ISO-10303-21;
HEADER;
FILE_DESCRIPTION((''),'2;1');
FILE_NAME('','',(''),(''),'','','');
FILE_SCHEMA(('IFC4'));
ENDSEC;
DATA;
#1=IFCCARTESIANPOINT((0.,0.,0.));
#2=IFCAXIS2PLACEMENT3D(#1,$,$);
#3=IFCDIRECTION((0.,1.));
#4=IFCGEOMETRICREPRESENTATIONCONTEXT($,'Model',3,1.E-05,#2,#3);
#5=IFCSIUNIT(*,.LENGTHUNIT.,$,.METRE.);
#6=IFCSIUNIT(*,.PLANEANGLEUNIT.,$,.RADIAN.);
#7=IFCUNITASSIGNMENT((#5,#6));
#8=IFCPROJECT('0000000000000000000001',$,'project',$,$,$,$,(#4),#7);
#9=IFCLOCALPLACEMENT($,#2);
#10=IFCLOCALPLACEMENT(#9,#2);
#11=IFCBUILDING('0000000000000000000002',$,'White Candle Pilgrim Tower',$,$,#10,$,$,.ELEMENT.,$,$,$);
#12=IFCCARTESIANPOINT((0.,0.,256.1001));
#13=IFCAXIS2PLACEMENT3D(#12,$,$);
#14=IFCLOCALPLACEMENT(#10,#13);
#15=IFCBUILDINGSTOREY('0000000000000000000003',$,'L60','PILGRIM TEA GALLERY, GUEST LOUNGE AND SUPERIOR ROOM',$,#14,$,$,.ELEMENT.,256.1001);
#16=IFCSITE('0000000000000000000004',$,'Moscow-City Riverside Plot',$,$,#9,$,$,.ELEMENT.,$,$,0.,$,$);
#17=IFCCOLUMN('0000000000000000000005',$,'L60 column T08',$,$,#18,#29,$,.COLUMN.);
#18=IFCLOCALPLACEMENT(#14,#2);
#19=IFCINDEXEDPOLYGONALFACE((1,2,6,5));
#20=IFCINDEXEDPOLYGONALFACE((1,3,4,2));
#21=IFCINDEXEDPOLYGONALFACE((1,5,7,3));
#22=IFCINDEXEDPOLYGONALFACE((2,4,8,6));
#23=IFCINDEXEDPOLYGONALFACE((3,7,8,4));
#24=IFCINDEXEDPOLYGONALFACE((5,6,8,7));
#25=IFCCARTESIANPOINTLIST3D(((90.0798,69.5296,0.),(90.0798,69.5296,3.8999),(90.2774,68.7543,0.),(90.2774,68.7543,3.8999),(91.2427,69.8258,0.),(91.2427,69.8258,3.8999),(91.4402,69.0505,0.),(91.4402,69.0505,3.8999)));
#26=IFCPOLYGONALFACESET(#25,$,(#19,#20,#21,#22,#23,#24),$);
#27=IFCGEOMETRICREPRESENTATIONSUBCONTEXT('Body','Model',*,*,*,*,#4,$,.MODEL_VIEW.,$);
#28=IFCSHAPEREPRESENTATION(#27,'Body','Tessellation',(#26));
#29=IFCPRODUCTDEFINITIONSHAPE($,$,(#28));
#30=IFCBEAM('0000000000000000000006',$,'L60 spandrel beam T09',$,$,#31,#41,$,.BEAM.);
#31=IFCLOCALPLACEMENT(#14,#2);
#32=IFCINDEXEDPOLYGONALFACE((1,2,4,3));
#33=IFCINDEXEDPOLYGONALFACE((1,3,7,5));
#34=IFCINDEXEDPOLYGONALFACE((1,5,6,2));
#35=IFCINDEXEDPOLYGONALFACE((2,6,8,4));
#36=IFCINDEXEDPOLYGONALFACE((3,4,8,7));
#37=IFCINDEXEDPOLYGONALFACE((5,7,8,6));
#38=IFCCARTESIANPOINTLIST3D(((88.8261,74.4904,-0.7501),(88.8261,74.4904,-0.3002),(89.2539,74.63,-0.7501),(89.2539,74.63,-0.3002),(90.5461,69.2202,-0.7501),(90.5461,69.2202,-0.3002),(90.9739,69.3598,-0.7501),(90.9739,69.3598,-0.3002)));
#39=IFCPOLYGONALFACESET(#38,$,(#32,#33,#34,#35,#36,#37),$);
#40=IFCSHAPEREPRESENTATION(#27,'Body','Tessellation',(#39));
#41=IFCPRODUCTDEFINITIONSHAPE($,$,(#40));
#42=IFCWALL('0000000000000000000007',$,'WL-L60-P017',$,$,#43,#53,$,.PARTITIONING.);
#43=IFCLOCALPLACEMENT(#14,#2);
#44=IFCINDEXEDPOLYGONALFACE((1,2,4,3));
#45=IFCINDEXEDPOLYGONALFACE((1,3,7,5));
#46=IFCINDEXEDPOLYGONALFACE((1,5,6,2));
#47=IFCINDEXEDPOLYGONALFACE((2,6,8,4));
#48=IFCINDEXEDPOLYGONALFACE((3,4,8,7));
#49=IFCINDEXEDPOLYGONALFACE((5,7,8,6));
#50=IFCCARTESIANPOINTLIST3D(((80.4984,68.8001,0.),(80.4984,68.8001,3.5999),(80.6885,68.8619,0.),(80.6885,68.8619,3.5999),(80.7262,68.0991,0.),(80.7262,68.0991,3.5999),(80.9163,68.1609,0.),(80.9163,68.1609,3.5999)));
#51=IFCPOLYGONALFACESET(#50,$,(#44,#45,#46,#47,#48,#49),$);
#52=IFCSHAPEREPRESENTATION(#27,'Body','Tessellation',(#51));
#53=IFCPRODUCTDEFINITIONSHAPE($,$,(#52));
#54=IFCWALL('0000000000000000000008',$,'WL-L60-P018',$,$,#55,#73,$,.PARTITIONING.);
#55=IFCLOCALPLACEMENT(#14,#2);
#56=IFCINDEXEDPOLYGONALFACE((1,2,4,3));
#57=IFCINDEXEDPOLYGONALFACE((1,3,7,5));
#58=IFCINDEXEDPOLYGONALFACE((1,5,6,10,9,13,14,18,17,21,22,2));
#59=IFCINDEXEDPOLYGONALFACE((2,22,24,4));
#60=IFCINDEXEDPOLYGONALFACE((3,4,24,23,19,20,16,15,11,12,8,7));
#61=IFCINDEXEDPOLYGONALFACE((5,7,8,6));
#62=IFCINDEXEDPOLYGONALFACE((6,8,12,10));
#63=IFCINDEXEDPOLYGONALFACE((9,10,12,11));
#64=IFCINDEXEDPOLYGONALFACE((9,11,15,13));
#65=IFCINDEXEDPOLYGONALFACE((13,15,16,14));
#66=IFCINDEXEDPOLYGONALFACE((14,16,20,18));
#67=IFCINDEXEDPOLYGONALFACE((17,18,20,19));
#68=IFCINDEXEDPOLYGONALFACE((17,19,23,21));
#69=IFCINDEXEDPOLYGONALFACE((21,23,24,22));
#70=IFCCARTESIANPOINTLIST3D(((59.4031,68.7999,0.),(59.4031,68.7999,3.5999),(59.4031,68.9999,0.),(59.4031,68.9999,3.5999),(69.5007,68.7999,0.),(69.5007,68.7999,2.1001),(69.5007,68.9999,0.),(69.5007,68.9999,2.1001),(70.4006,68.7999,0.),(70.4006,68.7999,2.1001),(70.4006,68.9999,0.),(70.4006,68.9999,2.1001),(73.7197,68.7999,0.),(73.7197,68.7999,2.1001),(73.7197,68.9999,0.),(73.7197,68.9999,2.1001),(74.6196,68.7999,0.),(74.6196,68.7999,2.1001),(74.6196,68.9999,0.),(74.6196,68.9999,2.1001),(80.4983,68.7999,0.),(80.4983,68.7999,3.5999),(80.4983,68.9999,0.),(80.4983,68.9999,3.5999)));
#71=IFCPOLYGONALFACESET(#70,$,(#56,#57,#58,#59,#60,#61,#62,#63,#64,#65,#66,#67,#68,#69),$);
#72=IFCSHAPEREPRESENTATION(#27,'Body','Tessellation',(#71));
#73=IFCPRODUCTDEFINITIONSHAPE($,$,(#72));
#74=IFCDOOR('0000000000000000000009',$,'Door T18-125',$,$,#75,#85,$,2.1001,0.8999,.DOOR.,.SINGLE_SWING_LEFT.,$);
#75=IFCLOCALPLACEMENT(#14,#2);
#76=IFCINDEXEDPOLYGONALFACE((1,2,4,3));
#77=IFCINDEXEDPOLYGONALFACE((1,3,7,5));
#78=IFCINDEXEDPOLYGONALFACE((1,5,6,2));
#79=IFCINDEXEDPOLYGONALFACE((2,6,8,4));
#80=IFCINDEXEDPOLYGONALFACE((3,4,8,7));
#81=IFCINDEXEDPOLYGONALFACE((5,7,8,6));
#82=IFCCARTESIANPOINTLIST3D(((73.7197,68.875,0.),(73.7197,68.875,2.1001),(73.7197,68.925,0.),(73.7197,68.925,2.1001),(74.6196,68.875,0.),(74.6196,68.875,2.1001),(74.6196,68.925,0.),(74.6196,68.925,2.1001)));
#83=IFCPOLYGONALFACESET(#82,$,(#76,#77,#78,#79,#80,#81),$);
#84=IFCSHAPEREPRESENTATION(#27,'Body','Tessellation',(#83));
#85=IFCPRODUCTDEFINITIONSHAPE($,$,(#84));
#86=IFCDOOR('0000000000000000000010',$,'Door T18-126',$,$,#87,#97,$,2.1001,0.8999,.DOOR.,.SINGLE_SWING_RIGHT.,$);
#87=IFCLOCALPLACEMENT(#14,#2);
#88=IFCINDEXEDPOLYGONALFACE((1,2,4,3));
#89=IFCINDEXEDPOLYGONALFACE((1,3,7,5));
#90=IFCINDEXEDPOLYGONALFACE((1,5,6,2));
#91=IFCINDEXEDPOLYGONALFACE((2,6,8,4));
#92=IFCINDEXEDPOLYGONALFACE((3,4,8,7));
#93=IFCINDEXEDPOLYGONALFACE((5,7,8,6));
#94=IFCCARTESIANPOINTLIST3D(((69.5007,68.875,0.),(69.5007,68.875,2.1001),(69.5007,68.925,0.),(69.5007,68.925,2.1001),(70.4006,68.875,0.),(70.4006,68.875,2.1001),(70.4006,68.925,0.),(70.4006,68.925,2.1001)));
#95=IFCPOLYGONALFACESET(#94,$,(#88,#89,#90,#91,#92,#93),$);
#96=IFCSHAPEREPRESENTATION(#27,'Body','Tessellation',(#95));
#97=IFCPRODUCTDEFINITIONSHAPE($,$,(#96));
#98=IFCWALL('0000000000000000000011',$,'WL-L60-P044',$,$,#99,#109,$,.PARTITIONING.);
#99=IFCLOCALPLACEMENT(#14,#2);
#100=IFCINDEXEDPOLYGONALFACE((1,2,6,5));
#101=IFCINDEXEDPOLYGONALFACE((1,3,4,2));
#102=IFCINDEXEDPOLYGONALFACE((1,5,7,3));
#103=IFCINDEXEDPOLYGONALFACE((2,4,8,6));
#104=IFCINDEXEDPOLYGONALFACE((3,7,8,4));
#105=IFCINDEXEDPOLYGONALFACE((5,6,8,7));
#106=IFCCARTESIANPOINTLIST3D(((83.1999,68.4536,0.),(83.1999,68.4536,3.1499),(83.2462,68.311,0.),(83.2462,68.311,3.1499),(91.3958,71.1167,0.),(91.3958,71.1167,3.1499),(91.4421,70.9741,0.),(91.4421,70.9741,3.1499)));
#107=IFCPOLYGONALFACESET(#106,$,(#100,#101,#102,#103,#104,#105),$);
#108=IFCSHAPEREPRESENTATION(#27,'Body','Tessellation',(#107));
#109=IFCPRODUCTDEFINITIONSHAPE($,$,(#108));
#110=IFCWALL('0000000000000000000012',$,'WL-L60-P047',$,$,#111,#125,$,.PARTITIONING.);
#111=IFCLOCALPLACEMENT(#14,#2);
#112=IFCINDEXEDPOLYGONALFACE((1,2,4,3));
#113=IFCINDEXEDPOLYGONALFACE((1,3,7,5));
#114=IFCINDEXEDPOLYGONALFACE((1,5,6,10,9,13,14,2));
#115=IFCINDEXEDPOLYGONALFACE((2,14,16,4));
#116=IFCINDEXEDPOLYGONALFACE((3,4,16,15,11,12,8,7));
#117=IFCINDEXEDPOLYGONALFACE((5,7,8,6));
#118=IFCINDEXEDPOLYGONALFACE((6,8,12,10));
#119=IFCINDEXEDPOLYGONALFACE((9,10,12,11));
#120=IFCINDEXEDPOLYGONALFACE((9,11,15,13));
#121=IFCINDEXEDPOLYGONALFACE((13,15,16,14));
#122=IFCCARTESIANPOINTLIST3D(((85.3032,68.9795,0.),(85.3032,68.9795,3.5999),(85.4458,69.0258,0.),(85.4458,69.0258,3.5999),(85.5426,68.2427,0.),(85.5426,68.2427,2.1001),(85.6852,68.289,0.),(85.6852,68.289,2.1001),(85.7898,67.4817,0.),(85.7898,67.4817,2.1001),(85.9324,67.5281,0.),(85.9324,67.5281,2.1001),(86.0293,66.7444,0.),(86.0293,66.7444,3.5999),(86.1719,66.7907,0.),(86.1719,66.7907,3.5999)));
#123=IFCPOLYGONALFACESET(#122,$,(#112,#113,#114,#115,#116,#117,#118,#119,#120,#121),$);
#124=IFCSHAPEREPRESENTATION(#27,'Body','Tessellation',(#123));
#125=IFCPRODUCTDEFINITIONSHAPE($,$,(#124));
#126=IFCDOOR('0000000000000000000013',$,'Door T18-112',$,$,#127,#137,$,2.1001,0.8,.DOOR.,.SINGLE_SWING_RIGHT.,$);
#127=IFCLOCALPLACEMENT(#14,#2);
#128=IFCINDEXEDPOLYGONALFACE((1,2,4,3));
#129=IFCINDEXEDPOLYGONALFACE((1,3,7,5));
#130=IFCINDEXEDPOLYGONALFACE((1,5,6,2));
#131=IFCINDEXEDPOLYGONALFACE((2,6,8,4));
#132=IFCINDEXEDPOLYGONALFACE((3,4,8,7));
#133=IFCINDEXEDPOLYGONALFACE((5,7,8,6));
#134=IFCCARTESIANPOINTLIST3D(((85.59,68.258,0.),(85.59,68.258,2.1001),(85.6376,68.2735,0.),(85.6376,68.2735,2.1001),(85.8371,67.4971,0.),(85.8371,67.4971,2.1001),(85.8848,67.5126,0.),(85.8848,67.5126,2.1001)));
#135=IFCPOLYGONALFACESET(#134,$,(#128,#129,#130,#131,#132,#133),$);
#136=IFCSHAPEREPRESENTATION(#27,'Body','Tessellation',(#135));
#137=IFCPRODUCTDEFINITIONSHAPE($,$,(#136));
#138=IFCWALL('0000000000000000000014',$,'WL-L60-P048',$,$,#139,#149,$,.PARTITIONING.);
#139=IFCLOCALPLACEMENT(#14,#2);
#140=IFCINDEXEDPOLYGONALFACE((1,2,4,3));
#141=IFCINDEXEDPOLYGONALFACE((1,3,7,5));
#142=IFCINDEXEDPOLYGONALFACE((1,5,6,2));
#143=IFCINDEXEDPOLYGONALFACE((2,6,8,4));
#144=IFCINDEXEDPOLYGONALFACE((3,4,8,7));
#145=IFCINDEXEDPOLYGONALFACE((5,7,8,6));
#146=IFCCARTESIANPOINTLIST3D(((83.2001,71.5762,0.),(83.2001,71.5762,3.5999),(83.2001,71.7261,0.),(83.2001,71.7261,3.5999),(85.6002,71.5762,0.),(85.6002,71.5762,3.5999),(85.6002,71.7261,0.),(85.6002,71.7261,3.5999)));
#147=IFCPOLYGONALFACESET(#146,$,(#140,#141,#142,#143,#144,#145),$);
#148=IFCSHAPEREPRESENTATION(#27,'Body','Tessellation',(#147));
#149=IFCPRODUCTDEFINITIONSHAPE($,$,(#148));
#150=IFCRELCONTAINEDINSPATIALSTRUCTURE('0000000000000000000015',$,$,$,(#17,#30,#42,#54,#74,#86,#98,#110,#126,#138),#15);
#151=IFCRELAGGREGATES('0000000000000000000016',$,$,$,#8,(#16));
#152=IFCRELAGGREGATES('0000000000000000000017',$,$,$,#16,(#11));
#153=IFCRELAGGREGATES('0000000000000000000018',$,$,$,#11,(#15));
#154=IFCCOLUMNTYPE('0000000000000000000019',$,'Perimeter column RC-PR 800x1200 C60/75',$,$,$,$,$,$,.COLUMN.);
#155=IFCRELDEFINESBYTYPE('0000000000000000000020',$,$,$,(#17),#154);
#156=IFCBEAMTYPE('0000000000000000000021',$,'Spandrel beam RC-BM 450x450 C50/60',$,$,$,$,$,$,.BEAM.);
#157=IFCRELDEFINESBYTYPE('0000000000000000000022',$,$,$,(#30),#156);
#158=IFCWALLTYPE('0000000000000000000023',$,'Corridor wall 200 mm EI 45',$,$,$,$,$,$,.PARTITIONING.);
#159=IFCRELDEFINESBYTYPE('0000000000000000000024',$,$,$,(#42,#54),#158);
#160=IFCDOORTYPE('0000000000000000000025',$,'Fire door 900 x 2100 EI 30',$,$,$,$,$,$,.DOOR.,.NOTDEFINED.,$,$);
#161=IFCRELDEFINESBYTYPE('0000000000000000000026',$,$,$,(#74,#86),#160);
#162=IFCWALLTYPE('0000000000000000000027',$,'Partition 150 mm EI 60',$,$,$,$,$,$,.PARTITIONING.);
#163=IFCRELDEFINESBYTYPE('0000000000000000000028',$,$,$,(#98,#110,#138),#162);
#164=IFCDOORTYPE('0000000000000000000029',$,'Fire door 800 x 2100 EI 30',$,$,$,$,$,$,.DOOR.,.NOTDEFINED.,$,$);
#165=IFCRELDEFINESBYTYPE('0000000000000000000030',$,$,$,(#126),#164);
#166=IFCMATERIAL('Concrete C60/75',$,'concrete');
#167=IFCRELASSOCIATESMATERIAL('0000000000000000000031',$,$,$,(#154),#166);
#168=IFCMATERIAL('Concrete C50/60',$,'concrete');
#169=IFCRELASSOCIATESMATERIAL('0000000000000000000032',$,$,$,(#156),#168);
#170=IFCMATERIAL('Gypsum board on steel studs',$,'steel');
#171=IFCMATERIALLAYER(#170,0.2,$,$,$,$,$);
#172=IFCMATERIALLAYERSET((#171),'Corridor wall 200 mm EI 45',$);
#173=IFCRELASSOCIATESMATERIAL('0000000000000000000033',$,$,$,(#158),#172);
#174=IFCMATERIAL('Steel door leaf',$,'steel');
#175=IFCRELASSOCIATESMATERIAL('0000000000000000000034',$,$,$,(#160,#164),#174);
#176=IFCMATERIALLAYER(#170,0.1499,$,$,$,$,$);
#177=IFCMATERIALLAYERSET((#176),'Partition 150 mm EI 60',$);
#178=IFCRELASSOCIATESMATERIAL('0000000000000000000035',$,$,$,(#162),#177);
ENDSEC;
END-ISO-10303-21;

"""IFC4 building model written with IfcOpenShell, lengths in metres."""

from ifc_helpers import new_model, si_unit, direction, frame, frame_2d, origin, origin_2d, place, context, subcontext, project, spatial, rectangle, extrude, material, layer, layer_set, material_profile, profile_set, type_object, element, fill, save


model = new_model("IFC4")

# Units and contexts
model_context = context("Model", 3, precision=1e-05, world=origin(), true_north=direction((0.0, 1.0)))
body_context = subcontext(model_context, "Body", "Model", "MODEL_VIEW")
ifc_project = project(units=[si_unit("LENGTHUNIT", "METRE"), si_unit("PLANEANGLEUNIT", "RADIAN")], contexts=[model_context])

# Site, building, storey
site_placement = place(None, origin())
site = spatial("IfcSite", under=ifc_project, at=site_placement, Name="Moscow-City Riverside Plot", CompositionType="ELEMENT", RefElevation=0.0)
building_placement = place(site_placement, origin())
building = spatial("IfcBuilding", under=site, at=building_placement, Name="White Candle Pilgrim Tower", CompositionType="ELEMENT")
storey_placement = place(building_placement, frame((0.0, 0.0, 256.1001)))
storey = spatial("IfcBuildingStorey", under=building, at=storey_placement, Name="L60", Description="PILGRIM TEA GALLERY, GUEST LOUNGE AND SUPERIOR ROOM", CompositionType="ELEMENT", Elevation=256.1001)

# Column
ifc_material_1 = material(Name="Concrete C60/75", Category="concrete")
ifc_material_profile_1 = material_profile(ifc_material_1, rectangle(XDim=0.8, YDim=1.2, at=origin_2d()), Name="RC-PR 800x1200")
ifc_profile_set_1 = profile_set([ifc_material_profile_1], Name="Concrete C60/75")
column_type = type_object("IfcColumnType", Name="Perimeter column RC-PR 800x1200 C60/75", PredefinedType="COLUMN", material=ifc_profile_set_1)
column_placement = place(storey_placement, frame((90.76, 69.29, 0.0), z_axis=(0.0, 0.0, 1.0), x_axis=(0.246881, -0.969046, 0.0)))
element("IfcColumn", 1, at=column_placement, inside=storey, type_object=column_type, Name="L60 column T08", PredefinedType="COLUMN", context=body_context, shape_type="SweptSolid", body=[
    extrude(rectangle(XDim=0.8, YDim=1.2, at=origin_2d()), origin(), (0.0, 0.0, 1.0), 3.8999),
])

# Beam
ifc_material_2 = material(Name="Concrete C50/60", Category="concrete")
ifc_material_profile_2 = material_profile(ifc_material_2, rectangle(XDim=0.45, YDim=0.45, at=origin_2d()), Name="RC-BM 450x450")
ifc_profile_set_2 = profile_set([ifc_material_profile_2], Name="Concrete C50/60")
beam_type = type_object("IfcBeamType", Name="Spandrel beam RC-BM 450x450 C50/60", PredefinedType="BEAM", material=ifc_profile_set_2)
beam_placement = place(storey_placement, frame((90.76, 69.29, -0.5251), z_axis=(-0.310263, 0.950651, 0.0), x_axis=(-0.950651, -0.310263, 0.0)))
element("IfcBeam", 2, at=beam_placement, inside=storey, type_object=beam_type, Name="L60 spandrel beam T09", PredefinedType="BEAM", context=body_context, shape_type="SweptSolid", body=[
    extrude(rectangle(XDim=0.45, YDim=0.45, at=origin_2d()), origin(), (0.0, 0.0, 1.0), 5.5437),
])

# Wall
ifc_material_3 = material(Name="Gypsum board on steel studs", Category="steel")
ifc_layer_1 = layer(ifc_material_3, 0.2)
ifc_layer_set_1 = layer_set([ifc_layer_1], Name="Corridor wall 200 mm EI 45")
wall_type_1 = type_object("IfcWallType", Name="Corridor wall 200 mm EI 45", PredefinedType="PARTITIONING", material=ifc_layer_set_1)
wall_1_placement = place(storey_placement, frame((80.8213, 68.1299, 0.0), z_axis=(0.0, 0.0, 1.0), x_axis=(-0.309064, 0.951041, 0.0)))
element("IfcWall", 3, at=wall_1_placement, inside=storey, type_object=wall_type_1, Name="WL-L60-P017", PredefinedType="PARTITIONING", context=body_context, shape_type="SweptSolid", body=[
    extrude(rectangle(XDim=0.7371, YDim=0.2, at=frame_2d((0.3687, 0.0))), origin(), (0.0, 0.0, 1.0), 3.5999),
])

# Wall, openings, doors
wall_2_placement = place(storey_placement, frame((80.4983, 68.8999, 0.0), z_axis=(0.0, 0.0, 1.0), x_axis=(-1.0, 0.0, 0.0)))
wall_2 = element("IfcWall", 4, at=wall_2_placement, inside=storey, type_object=wall_type_1, Name="WL-L60-P018", PredefinedType="PARTITIONING", context=body_context, shape_type="SweptSolid", body=[
    extrude(rectangle(XDim=21.0952, YDim=0.2, at=frame_2d((10.5476, 0.0))), origin(), (0.0, 0.0, 1.0), 3.5999),
])
opening_1_placement = place(wall_2_placement, frame((5.8787, 0.0, 0.0)))
opening_1 = element("IfcOpeningElement", 5, at=opening_1_placement, cuts=wall_2, PredefinedType="OPENING", context=body_context, shape_type="SweptSolid", body=[
    extrude(rectangle(XDim=0.8999, YDim=2.1001, at=frame_2d((0.45, 1.05))), frame((0.0, 0.1099, 0.0), z_axis=(0.0, -1.0, 0.0), x_axis=(1.0, 0.0, 0.0)), (0.0, 0.0, 1.0), 0.22),
])
opening_2_placement = place(wall_2_placement, frame((10.0977, 0.0, 0.0)))
opening_2 = element("IfcOpeningElement", 6, at=opening_2_placement, cuts=wall_2, PredefinedType="OPENING", context=body_context, shape_type="SweptSolid", body=[
    extrude(rectangle(XDim=0.8999, YDim=2.1001, at=frame_2d((0.45, 1.05))), frame((0.0, 0.1099, 0.0), z_axis=(0.0, -1.0, 0.0), x_axis=(1.0, 0.0, 0.0)), (0.0, 0.0, 1.0), 0.22),
])
ifc_material_4 = material(Name="Steel door leaf", Category="steel")
door_type_1 = type_object("IfcDoorType", Name="Fire door 900 x 2100 EI 30", OperationType="NOTDEFINED", PredefinedType="DOOR", material=ifc_material_4)
door_1_placement = place(opening_1_placement, origin())
door_1 = element("IfcDoor", 7, at=door_1_placement, inside=storey, type_object=door_type_1, Name="Door T18-125", OperationType="SINGLE_SWING_LEFT", OverallHeight=2.1001, OverallWidth=0.8999, PredefinedType="DOOR", context=body_context, shape_type="SweptSolid", body=[
    extrude(rectangle(XDim=0.8999, YDim=2.1001, at=frame_2d((0.45, 1.05))), frame((0.0, 0.0249, 0.0), z_axis=(0.0, -1.0, 0.0), x_axis=(1.0, 0.0, 0.0)), (0.0, 0.0, 1.0), 0.05),
])
fill(opening_1, door_1)
door_2_placement = place(opening_2_placement, origin())
door_2 = element("IfcDoor", 8, at=door_2_placement, inside=storey, type_object=door_type_1, Name="Door T18-126", OperationType="SINGLE_SWING_RIGHT", OverallHeight=2.1001, OverallWidth=0.8999, PredefinedType="DOOR", context=body_context, shape_type="SweptSolid", body=[
    extrude(rectangle(XDim=0.8999, YDim=2.1001, at=frame_2d((0.45, 1.05))), frame((0.0, 0.0249, 0.0), z_axis=(0.0, -1.0, 0.0), x_axis=(1.0, 0.0, 0.0)), (0.0, 0.0, 1.0), 0.05),
])
fill(opening_2, door_2)

# Wall
ifc_layer_2 = layer(ifc_material_3, 0.1499)
ifc_layer_set_2 = layer_set([ifc_layer_2], Name="Partition 150 mm EI 60")
wall_type_2 = type_object("IfcWallType", Name="Partition 150 mm EI 60", PredefinedType="PARTITIONING", material=ifc_layer_set_2)
wall_3_placement = place(storey_placement, frame((91.4189, 71.0454, 0.0), z_axis=(0.0, 0.0, 1.0), x_axis=(-0.951053, -0.309028, 0.0)))
element("IfcWall", 9, at=wall_3_placement, inside=storey, type_object=wall_type_2, Name="WL-L60-P044", PredefinedType="PARTITIONING", context=body_context, shape_type="SweptSolid", body=[
    extrude(rectangle(XDim=8.6177, YDim=0.1499, at=frame_2d((4.3088, 0.0))), origin(), (0.0, 0.0, 1.0), 3.1499),
])

# Wall, opening, door
wall_4_placement = place(storey_placement, frame((85.3745, 69.0027, 0.0), z_axis=(0.0, 0.0, 1.0), x_axis=(0.308957, -0.951076, 0.0)))
wall_4 = element("IfcWall", 10, at=wall_4_placement, inside=storey, type_object=wall_type_2, Name="WL-L60-P047", PredefinedType="PARTITIONING", context=body_context, shape_type="SweptSolid", body=[
    extrude(rectangle(XDim=2.3501, YDim=0.1499, at=frame_2d((1.175, 0.0))), origin(), (0.0, 0.0, 1.0), 3.5999),
])
opening_3_placement = place(wall_4_placement, frame((0.7749, 0.0, 0.0)))
opening_3 = element("IfcOpeningElement", 11, at=opening_3_placement, cuts=wall_4, PredefinedType="OPENING", context=body_context, shape_type="SweptSolid", body=[
    extrude(rectangle(XDim=0.8, YDim=2.1001, at=frame_2d((0.3999, 1.05))), frame((0.0, 0.085, 0.0), z_axis=(0.0, -1.0, 0.0), x_axis=(1.0, 0.0, 0.0)), (0.0, 0.0, 1.0), 0.1699),
])
door_type_2 = type_object("IfcDoorType", Name="Fire door 800 x 2100 EI 30", OperationType="NOTDEFINED", PredefinedType="DOOR", material=ifc_material_4)
door_3_placement = place(opening_3_placement, origin())
door_3 = element("IfcDoor", 12, at=door_3_placement, inside=storey, type_object=door_type_2, Name="Door T18-112", OperationType="SINGLE_SWING_RIGHT", OverallHeight=2.1001, OverallWidth=0.8, PredefinedType="DOOR", context=body_context, shape_type="SweptSolid", body=[
    extrude(rectangle(XDim=0.8, YDim=2.1001, at=frame_2d((0.3999, 1.05))), frame((0.0, 0.0249, 0.0), z_axis=(0.0, -1.0, 0.0), x_axis=(1.0, 0.0, 0.0)), (0.0, 0.0, 1.0), 0.05),
])
fill(opening_3, door_3)

# Wall
wall_5_placement = place(storey_placement, frame((83.2, 71.6511, 0.0), z_axis=(0.0, 0.0, 1.0), x_axis=(1.0, 0.0, 0.0)))
element("IfcWall", 13, at=wall_5_placement, inside=storey, type_object=wall_type_2, Name="WL-L60-P048", PredefinedType="PARTITIONING", context=body_context, shape_type="SweptSolid", body=[
    extrude(rectangle(XDim=2.4001, YDim=0.1499, at=frame_2d((1.2002, 0.0))), origin(), (0.0, 0.0, 1.0), 3.5999),
])

save(model, "model.ifc")
